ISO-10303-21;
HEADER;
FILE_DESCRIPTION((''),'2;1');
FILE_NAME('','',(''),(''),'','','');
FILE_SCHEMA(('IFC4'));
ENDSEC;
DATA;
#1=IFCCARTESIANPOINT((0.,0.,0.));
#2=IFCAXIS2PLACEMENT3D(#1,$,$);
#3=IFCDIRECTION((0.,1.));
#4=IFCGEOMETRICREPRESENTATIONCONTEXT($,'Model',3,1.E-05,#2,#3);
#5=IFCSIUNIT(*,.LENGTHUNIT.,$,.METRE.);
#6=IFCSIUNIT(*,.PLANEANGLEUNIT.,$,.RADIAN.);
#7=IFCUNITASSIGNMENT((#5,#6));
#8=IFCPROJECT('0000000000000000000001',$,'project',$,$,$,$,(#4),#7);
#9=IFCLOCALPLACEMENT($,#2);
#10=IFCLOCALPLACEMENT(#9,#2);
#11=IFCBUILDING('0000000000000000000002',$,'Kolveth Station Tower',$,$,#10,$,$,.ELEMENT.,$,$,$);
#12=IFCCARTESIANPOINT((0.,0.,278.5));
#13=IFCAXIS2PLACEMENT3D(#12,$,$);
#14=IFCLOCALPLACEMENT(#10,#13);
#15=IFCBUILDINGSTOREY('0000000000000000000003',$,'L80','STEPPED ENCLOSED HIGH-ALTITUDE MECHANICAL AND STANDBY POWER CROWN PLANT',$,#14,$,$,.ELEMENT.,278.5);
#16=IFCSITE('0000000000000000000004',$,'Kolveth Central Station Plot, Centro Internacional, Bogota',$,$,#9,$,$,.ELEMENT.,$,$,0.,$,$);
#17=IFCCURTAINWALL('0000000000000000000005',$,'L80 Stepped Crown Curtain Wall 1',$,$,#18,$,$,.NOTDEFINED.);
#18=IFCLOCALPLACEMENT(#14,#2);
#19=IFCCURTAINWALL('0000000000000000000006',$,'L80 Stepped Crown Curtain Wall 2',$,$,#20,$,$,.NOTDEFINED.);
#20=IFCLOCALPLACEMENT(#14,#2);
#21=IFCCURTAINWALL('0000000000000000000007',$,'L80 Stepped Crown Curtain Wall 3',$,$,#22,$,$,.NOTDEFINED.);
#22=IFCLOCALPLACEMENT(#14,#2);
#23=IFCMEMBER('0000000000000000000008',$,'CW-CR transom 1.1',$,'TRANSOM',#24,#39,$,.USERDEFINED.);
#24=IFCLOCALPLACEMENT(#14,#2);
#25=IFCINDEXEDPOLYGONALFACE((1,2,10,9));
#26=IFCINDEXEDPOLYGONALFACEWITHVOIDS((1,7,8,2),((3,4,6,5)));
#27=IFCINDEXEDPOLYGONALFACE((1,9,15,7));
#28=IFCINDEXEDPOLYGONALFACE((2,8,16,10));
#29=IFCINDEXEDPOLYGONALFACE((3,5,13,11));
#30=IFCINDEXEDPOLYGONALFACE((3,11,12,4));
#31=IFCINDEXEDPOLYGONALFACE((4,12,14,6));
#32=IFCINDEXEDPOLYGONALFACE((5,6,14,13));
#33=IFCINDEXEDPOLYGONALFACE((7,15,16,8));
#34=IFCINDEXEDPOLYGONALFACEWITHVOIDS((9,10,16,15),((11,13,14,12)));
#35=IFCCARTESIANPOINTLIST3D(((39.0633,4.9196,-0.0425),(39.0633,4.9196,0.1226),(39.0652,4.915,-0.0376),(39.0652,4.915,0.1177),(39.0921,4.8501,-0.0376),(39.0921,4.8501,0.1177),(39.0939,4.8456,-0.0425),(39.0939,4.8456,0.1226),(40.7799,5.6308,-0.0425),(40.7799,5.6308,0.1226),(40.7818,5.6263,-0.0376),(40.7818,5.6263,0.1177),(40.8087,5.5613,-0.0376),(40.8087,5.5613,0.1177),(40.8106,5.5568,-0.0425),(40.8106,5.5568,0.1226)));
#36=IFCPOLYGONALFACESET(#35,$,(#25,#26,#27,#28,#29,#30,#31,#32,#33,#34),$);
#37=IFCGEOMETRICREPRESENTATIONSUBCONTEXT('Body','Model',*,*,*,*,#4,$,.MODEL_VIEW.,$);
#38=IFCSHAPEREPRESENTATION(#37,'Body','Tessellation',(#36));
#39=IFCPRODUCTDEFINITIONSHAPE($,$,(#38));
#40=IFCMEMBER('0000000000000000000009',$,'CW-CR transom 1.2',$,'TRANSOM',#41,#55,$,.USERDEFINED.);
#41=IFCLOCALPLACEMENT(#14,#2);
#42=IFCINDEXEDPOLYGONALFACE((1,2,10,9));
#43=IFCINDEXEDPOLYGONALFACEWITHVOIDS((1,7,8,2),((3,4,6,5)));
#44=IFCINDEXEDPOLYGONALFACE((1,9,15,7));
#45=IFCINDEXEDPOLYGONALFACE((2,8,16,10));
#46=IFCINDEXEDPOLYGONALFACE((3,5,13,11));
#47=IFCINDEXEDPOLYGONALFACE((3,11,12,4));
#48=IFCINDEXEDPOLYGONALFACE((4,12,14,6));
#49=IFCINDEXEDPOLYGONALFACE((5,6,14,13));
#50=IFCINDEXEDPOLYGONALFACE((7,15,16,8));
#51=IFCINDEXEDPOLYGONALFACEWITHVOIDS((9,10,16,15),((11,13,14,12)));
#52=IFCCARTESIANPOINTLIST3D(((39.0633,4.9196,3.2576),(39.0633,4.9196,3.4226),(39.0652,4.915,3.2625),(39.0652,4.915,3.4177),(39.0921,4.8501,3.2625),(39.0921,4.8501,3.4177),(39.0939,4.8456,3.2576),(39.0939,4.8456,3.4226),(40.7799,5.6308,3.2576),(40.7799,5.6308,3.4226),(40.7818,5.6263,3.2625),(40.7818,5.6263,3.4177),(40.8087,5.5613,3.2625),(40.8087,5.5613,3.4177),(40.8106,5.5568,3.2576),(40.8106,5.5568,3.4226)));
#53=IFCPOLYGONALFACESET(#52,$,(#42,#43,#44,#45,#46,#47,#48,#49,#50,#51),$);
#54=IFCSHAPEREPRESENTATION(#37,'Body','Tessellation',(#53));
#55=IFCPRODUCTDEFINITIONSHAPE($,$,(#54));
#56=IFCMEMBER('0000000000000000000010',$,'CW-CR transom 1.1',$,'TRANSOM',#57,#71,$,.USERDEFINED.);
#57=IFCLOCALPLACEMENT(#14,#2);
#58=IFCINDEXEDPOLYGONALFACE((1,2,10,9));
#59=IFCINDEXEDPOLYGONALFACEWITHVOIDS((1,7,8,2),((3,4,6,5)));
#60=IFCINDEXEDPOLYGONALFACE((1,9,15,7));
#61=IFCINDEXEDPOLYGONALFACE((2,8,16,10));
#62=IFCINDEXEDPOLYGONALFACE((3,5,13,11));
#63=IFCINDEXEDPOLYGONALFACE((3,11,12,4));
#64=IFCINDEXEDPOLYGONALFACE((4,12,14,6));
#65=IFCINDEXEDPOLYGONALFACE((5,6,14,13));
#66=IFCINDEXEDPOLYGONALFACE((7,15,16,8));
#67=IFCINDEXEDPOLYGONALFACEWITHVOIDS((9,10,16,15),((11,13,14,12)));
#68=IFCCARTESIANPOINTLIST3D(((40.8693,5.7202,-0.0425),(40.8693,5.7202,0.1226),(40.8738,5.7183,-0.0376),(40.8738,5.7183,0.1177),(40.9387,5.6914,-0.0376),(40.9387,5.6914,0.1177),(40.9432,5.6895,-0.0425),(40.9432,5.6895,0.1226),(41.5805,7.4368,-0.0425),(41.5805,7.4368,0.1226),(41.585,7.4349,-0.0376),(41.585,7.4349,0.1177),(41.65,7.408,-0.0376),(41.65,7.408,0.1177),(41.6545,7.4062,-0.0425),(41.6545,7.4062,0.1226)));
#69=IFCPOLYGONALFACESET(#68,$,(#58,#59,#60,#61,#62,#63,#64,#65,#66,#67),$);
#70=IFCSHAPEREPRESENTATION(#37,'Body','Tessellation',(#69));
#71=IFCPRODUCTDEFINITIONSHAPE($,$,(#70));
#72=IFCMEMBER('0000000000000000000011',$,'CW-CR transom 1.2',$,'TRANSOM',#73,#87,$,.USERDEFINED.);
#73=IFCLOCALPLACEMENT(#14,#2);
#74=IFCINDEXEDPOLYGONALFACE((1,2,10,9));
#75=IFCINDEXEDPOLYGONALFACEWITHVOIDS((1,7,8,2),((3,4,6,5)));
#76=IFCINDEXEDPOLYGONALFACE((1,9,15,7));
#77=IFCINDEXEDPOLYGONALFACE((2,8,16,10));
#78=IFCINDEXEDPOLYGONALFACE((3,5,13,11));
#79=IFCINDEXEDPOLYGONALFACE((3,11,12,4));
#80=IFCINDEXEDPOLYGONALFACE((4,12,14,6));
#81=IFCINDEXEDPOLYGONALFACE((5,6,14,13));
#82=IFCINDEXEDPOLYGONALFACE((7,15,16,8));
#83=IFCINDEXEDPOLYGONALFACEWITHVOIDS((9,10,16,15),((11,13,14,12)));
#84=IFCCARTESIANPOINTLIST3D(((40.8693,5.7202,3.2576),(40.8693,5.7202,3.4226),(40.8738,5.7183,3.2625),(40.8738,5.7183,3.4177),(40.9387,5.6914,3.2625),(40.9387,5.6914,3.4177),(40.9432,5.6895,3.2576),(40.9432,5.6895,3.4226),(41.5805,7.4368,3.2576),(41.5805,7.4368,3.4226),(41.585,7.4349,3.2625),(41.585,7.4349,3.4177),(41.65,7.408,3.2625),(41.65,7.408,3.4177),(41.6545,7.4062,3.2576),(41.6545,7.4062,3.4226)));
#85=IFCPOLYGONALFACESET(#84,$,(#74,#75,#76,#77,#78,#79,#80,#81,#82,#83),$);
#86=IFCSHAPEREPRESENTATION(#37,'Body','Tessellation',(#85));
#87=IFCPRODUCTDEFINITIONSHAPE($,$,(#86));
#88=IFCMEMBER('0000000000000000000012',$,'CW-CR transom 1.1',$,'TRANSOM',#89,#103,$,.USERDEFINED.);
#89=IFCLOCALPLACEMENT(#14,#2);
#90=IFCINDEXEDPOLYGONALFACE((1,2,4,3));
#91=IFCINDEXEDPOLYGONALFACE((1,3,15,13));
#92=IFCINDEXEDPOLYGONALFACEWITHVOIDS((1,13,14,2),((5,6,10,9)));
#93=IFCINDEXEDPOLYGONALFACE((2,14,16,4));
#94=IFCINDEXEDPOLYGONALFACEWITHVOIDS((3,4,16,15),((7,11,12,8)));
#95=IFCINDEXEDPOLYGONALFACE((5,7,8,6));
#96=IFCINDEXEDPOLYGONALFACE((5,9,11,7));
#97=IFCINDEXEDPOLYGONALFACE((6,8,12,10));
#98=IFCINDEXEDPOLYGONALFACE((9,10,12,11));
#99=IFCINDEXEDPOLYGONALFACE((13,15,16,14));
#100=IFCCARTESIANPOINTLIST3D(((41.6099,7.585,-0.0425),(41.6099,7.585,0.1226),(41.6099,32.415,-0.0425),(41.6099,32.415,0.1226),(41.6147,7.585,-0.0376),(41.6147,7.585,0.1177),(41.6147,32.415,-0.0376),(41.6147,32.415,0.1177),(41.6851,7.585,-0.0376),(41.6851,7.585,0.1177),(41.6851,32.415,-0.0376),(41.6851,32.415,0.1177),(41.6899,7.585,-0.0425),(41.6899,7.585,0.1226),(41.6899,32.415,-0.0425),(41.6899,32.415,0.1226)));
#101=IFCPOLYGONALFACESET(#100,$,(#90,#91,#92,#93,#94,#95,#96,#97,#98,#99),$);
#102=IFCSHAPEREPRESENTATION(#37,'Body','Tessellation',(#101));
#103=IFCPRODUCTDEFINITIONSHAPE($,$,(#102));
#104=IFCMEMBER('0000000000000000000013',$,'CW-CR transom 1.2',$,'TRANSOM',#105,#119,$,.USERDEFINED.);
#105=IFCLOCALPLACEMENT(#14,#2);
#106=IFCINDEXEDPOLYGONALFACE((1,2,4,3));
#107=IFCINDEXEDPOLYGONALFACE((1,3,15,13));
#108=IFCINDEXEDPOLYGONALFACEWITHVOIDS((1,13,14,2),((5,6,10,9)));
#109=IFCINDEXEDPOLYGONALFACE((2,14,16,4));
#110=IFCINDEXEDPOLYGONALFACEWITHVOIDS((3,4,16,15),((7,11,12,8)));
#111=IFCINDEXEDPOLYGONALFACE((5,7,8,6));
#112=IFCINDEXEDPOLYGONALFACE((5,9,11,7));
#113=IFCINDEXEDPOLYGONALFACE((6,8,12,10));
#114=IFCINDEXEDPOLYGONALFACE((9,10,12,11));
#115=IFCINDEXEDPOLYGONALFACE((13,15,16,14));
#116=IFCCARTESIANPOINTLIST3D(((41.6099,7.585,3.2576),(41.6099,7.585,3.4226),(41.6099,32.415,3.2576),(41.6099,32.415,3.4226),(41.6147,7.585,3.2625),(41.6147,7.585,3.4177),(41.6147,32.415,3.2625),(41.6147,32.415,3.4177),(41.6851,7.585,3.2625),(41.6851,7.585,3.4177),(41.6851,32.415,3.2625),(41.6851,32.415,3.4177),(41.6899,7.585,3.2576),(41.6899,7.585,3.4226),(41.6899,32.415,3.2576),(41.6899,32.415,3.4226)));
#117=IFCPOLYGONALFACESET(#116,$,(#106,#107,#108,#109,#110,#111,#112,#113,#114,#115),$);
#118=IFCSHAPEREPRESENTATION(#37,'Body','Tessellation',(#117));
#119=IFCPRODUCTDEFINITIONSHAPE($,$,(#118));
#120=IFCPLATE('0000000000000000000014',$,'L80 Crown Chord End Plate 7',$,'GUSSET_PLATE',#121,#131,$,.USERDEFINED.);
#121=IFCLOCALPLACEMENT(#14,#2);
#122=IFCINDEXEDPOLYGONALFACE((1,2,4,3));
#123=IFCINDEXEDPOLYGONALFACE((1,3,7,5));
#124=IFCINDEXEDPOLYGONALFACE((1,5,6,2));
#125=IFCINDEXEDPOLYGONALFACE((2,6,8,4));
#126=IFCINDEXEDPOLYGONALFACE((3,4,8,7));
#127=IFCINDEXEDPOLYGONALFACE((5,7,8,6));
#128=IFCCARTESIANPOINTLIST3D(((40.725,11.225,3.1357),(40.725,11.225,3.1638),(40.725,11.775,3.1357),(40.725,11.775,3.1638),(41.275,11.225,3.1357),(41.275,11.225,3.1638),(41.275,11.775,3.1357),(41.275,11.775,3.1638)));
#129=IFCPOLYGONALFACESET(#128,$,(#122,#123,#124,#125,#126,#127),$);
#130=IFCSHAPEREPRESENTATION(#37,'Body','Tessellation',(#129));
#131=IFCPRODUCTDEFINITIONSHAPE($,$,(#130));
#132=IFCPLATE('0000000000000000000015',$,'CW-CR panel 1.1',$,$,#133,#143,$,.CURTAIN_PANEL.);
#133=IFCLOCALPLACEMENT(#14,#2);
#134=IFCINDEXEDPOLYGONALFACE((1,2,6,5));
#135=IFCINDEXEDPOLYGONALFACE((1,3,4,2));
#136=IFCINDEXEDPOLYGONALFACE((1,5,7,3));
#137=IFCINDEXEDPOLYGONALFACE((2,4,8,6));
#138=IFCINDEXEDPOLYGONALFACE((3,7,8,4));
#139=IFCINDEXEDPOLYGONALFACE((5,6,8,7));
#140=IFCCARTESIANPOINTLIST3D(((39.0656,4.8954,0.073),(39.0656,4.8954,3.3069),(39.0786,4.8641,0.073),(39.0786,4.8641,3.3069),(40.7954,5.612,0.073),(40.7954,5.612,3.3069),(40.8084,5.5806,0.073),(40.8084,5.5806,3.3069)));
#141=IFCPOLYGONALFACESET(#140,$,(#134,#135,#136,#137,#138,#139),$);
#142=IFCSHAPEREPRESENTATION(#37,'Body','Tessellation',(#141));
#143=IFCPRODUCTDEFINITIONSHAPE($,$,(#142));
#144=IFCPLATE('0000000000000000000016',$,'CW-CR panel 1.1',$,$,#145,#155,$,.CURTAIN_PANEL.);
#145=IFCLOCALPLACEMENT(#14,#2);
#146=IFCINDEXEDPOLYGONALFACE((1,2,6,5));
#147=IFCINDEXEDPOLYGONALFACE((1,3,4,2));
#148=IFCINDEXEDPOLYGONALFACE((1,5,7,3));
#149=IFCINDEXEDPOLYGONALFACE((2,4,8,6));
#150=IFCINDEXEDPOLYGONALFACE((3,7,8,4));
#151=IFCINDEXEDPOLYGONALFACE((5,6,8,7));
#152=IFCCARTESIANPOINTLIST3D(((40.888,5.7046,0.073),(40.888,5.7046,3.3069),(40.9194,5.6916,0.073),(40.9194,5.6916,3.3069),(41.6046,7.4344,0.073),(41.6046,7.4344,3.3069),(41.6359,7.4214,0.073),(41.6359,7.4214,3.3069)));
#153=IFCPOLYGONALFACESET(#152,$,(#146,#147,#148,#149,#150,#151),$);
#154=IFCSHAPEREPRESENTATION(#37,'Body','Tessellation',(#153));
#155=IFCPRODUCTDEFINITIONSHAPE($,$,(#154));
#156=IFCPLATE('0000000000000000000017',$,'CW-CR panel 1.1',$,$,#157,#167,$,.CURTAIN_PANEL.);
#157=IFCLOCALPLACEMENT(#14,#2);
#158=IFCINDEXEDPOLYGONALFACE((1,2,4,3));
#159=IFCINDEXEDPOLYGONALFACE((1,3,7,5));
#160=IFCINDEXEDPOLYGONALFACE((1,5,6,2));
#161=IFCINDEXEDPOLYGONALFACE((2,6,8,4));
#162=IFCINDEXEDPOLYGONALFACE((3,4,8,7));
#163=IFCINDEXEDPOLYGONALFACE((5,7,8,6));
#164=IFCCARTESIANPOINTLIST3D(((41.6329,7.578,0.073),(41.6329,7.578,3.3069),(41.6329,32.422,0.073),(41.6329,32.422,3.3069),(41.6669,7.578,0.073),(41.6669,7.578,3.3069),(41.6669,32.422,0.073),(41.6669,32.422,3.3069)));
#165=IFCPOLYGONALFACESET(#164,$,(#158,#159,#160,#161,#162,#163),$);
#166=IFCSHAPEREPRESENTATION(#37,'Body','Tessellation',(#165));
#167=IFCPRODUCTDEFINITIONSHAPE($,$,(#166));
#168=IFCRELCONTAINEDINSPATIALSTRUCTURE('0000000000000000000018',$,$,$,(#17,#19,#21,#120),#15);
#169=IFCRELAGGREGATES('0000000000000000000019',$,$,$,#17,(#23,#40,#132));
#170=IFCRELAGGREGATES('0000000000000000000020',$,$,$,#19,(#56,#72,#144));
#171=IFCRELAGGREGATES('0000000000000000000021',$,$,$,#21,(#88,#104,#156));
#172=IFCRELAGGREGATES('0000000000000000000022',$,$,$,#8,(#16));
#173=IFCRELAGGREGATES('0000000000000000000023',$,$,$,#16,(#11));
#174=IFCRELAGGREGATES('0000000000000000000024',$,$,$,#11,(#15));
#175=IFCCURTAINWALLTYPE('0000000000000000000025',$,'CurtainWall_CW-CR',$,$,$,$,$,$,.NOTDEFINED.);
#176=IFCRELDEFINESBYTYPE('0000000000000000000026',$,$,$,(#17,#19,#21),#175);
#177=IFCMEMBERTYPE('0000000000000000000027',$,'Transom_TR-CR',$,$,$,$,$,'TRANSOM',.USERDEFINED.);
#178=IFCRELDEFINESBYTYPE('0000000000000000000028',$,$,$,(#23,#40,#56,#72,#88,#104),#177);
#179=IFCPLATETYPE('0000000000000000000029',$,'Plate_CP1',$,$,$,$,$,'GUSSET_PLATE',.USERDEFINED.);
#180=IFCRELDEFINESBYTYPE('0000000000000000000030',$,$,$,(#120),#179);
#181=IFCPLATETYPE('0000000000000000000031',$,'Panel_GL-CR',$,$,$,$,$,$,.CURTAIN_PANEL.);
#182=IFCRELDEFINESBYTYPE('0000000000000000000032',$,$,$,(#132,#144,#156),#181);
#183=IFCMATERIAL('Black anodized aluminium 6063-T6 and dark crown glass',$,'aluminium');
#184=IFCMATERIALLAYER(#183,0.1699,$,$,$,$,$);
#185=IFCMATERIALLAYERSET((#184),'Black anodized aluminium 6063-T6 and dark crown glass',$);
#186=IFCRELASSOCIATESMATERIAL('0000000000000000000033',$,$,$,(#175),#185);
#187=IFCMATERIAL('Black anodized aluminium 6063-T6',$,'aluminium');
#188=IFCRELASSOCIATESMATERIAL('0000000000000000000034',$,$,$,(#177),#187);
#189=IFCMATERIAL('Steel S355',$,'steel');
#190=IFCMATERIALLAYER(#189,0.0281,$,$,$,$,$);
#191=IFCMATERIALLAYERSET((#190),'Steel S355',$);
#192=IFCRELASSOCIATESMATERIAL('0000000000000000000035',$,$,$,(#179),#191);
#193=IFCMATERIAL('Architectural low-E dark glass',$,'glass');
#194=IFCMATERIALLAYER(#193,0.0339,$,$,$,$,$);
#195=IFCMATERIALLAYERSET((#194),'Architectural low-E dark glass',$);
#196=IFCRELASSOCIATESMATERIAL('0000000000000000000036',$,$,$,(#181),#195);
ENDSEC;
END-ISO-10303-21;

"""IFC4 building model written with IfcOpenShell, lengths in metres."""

from ifc_helpers import new_model, si_unit, direction, frame, origin, origin_2d, place, context, subcontext, project, spatial, rectangle, hollow_rectangle, extrude, source, transform, mapped, material, layer, layer_set, material_profile, profile_set, type_object, element, aggregate, save


model = new_model("IFC4")

# Units and contexts
model_context = context("Model", 3, precision=1e-05, world=origin(), true_north=direction((0.0, 1.0)))
body_context = subcontext(model_context, "Body", "Model", "MODEL_VIEW")
ifc_project = project(units=[si_unit("LENGTHUNIT", "METRE"), si_unit("PLANEANGLEUNIT", "RADIAN")], contexts=[model_context])

# Site, building, storey
site_placement = place(None, origin())
site = spatial("IfcSite", under=ifc_project, at=site_placement, Name="Kolveth Central Station Plot, Centro Internacional, Bogota", CompositionType="ELEMENT", RefElevation=0.0)
building_placement = place(site_placement, origin())
building = spatial("IfcBuilding", under=site, at=building_placement, Name="Kolveth Station Tower", CompositionType="ELEMENT")
storey_placement = place(building_placement, frame((0.0, 0.0, 278.5)))
storey = spatial("IfcBuildingStorey", under=building, at=storey_placement, Name="L80", Description="STEPPED ENCLOSED HIGH-ALTITUDE MECHANICAL AND STANDBY POWER CROWN PLANT", CompositionType="ELEMENT", Elevation=278.5)

# Shared definitions
ifc_material_1 = material(Name="Steel S355", Category="steel")

# Curtain walls
ifc_material_2 = material(Name="Black anodized aluminium 6063-T6 and dark crown glass", Category="aluminium")
ifc_layer_1 = layer(ifc_material_2, 0.1699)
ifc_layer_set_1 = layer_set([ifc_layer_1], Name="Black anodized aluminium 6063-T6 and dark crown glass")
curtain_wall_type = type_object("IfcCurtainWallType", Name="CurtainWall_CW-CR", PredefinedType="NOTDEFINED", material=ifc_layer_set_1)
curtain_wall_1_placement = place(storey_placement, origin())
curtain_wall_1 = element("IfcCurtainWall", 1, at=curtain_wall_1_placement, inside=storey, type_object=curtain_wall_type, Name="L80 Stepped Crown Curtain Wall 1", PredefinedType="NOTDEFINED")
ifc_material_3 = material(Name="Black anodized aluminium 6063-T6", Category="aluminium")
curtain_wall_2_placement = place(storey_placement, origin())
curtain_wall_2 = element("IfcCurtainWall", 2, at=curtain_wall_2_placement, inside=storey, type_object=curtain_wall_type, Name="L80 Stepped Crown Curtain Wall 2", PredefinedType="NOTDEFINED")

# Curtain wall
curtain_wall_3_placement = place(storey_placement, origin())
curtain_wall_3 = element("IfcCurtainWall", 3, at=curtain_wall_3_placement, inside=storey, type_object=curtain_wall_type, Name="L80 Stepped Crown Curtain Wall 3", PredefinedType="NOTDEFINED")

# Members
ifc_material_profile_1 = material_profile(ifc_material_3, hollow_rectangle(XDim=0.0801, YDim=0.165, WallThickness=0.0049, at=origin_2d()), Name="ALU-80x165x5")
ifc_profile_set_1 = profile_set([ifc_material_profile_1], Name="Black anodized aluminium 6063-T6")
member_type_1 = type_object("IfcMemberType", Name="Transom_TR-CR", ElementType="TRANSOM", PredefinedType="USERDEFINED", material=ifc_profile_set_1)
shared_shape_1 = source(origin(), body_context, "Body", "SweptSolid", [
    extrude(hollow_rectangle(XDim=0.0801, YDim=0.165, WallThickness=0.0049, at=origin_2d()), origin(), (0.0, 0.0, 1.0), 1.8582),
])
member_1_placement = place(storey_placement, frame((39.0786, 4.8826, 0.04), z_axis=(0.923849, 0.382758, 0.0), x_axis=(-0.382758, 0.923849, 0.0)))
member_1 = element("IfcMember", 4, at=member_1_placement, type_object=member_type_1, Name="CW-CR transom 1.1", ObjectType="TRANSOM", PredefinedType="USERDEFINED", context=body_context, shape_type="MappedRepresentation", body=[
    mapped(shared_shape_1, transform((0.0, 0.0, 0.0), x_axis=(1.0, 0.0, 0.0), y_axis=(0.0, 1.0, 0.0), z_axis=(0.0, 0.0, 1.0), scale=1.0)),
])
member_2_placement = place(storey_placement, frame((39.0786, 4.8826, 3.3401), z_axis=(0.923849, 0.382758, 0.0), x_axis=(-0.382758, 0.923849, 0.0)))
member_2 = element("IfcMember", 5, at=member_2_placement, type_object=member_type_1, Name="CW-CR transom 1.2", ObjectType="TRANSOM", PredefinedType="USERDEFINED", context=body_context, shape_type="MappedRepresentation", body=[
    mapped(shared_shape_1, transform((0.0, 0.0, 0.0), x_axis=(1.0, 0.0, 0.0), y_axis=(0.0, 1.0, 0.0), z_axis=(0.0, 0.0, 1.0), scale=1.0)),
])
member_3_placement = place(storey_placement, frame((40.9062, 5.7048, 0.04), z_axis=(0.382758, 0.923849, 0.0), x_axis=(-0.923849, 0.382758, 0.0)))
member_3 = element("IfcMember", 6, at=member_3_placement, type_object=member_type_1, Name="CW-CR transom 1.1", ObjectType="TRANSOM", PredefinedType="USERDEFINED", context=body_context, shape_type="MappedRepresentation", body=[
    mapped(shared_shape_1, transform((0.0, 0.0, 0.0), x_axis=(1.0, 0.0, 0.0), y_axis=(0.0, 1.0, 0.0), z_axis=(0.0, 0.0, 1.0), scale=1.0)),
])
member_4_placement = place(storey_placement, frame((40.9062, 5.7048, 3.3401), z_axis=(0.382758, 0.923849, 0.0), x_axis=(-0.923849, 0.382758, 0.0)))
member_4 = element("IfcMember", 7, at=member_4_placement, type_object=member_type_1, Name="CW-CR transom 1.2", ObjectType="TRANSOM", PredefinedType="USERDEFINED", context=body_context, shape_type="MappedRepresentation", body=[
    mapped(shared_shape_1, transform((0.0, 0.0, 0.0), x_axis=(1.0, 0.0, 0.0), y_axis=(0.0, 1.0, 0.0), z_axis=(0.0, 0.0, 1.0), scale=1.0)),
])
shared_shape_2 = source(origin(), body_context, "Body", "SweptSolid", [
    extrude(hollow_rectangle(XDim=0.0801, YDim=0.165, WallThickness=0.0049, at=origin_2d()), origin(), (0.0, 0.0, 1.0), 24.8301),
])
member_5_placement = place(storey_placement, frame((41.6499, 7.585, 0.04), z_axis=(0.0, 1.0, 0.0), x_axis=(-1.0, 0.0, 0.0)))
member_5 = element("IfcMember", 8, at=member_5_placement, type_object=member_type_1, Name="CW-CR transom 1.1", ObjectType="TRANSOM", PredefinedType="USERDEFINED", context=body_context, shape_type="MappedRepresentation", body=[
    mapped(shared_shape_2, transform((0.0, 0.0, 0.0), x_axis=(1.0, 0.0, 0.0), y_axis=(0.0, 1.0, 0.0), z_axis=(0.0, 0.0, 1.0), scale=1.0)),
])
member_6_placement = place(storey_placement, frame((41.6499, 7.585, 3.3401), z_axis=(0.0, 1.0, 0.0), x_axis=(-1.0, 0.0, 0.0)))
member_6 = element("IfcMember", 9, at=member_6_placement, type_object=member_type_1, Name="CW-CR transom 1.2", ObjectType="TRANSOM", PredefinedType="USERDEFINED", context=body_context, shape_type="MappedRepresentation", body=[
    mapped(shared_shape_2, transform((0.0, 0.0, 0.0), x_axis=(1.0, 0.0, 0.0), y_axis=(0.0, 1.0, 0.0), z_axis=(0.0, 0.0, 1.0), scale=1.0)),
])

# Plates
ifc_layer_2 = layer(ifc_material_1, 0.0281)
ifc_layer_set_2 = layer_set([ifc_layer_2], Name="Steel S355")
plate_type_1 = type_object("IfcPlateType", Name="Plate_CP1", ElementType="GUSSET_PLATE", PredefinedType="USERDEFINED", material=ifc_layer_set_2)
shared_shape_3 = source(origin(), body_context, "Body", "SweptSolid", [
    extrude(rectangle(XDim=0.55, YDim=0.55, at=origin_2d()), origin(), (0.0, 0.0, 1.0), 0.0281),
])
plate_1_placement = place(storey_placement, frame((41.0, 11.5, 3.1357), z_axis=(0.0, 0.0, 1.0), x_axis=(1.0, 0.0, 0.0)))
element("IfcPlate", 10, at=plate_1_placement, inside=storey, type_object=plate_type_1, Name="L80 Crown Chord End Plate 7", ObjectType="GUSSET_PLATE", PredefinedType="USERDEFINED", context=body_context, shape_type="MappedRepresentation", body=[
    mapped(shared_shape_3, transform((0.0, 0.0, 0.0), x_axis=(1.0, 0.0, 0.0), y_axis=(0.0, 1.0, 0.0), z_axis=(0.0, 0.0, 1.0), scale=1.0)),
])
ifc_material_4 = material(Name="Architectural low-E dark glass", Category="glass")
ifc_layer_3 = layer(ifc_material_4, 0.0339)
ifc_layer_set_3 = layer_set([ifc_layer_3], Name="Architectural low-E dark glass")
plate_type_2 = type_object("IfcPlateType", Name="Panel_GL-CR", PredefinedType="CURTAIN_PANEL", material=ifc_layer_set_3)
shared_shape_4 = source(origin(), body_context, "Body", "SweptSolid", [
    extrude(rectangle(XDim=1.8723, YDim=0.0339, at=origin_2d()), origin(), (0.0, 0.0, 1.0), 3.2339),
])
plate_2_placement = place(storey_placement, frame((39.937, 5.238, 0.073), z_axis=(0.0, 0.0, 1.0), x_axis=(0.923871, 0.382703, 0.0)))
plate_2 = element("IfcPlate", 11, at=plate_2_placement, type_object=plate_type_2, Name="CW-CR panel 1.1", PredefinedType="CURTAIN_PANEL", context=body_context, shape_type="MappedRepresentation", body=[
    mapped(shared_shape_4, transform((0.0, 0.0, 0.0), x_axis=(1.0, 0.0, 0.0), y_axis=(0.0, 1.0, 0.0), z_axis=(0.0, 0.0, 1.0), scale=1.0)),
])
aggregate(curtain_wall_1, [member_1, member_2, plate_2])
plate_3_placement = place(storey_placement, frame((41.262, 6.563, 0.073), z_axis=(0.0, 0.0, 1.0), x_axis=(0.382703, 0.923871, 0.0)))
plate_3 = element("IfcPlate", 12, at=plate_3_placement, type_object=plate_type_2, Name="CW-CR panel 1.1", PredefinedType="CURTAIN_PANEL", context=body_context, shape_type="MappedRepresentation", body=[
    mapped(shared_shape_4, transform((0.0, 0.0, 0.0), x_axis=(1.0, 0.0, 0.0), y_axis=(0.0, 1.0, 0.0), z_axis=(0.0, 0.0, 1.0), scale=1.0)),
])
aggregate(curtain_wall_2, [member_3, member_4, plate_3])
shared_shape_5 = source(origin(), body_context, "Body", "SweptSolid", [
    extrude(rectangle(XDim=24.844, YDim=0.0339, at=origin_2d()), origin(), (0.0, 0.0, 1.0), 3.2339),
])
plate_4_placement = place(storey_placement, frame((41.6499, 20.0, 0.073), z_axis=(0.0, 0.0, 1.0), x_axis=(0.0, 1.0, 0.0)))
plate_4 = element("IfcPlate", 13, at=plate_4_placement, type_object=plate_type_2, Name="CW-CR panel 1.1", PredefinedType="CURTAIN_PANEL", context=body_context, shape_type="MappedRepresentation", body=[
    mapped(shared_shape_5, transform((0.0, 0.0, 0.0), x_axis=(1.0, 0.0, 0.0), y_axis=(0.0, 1.0, 0.0), z_axis=(0.0, 0.0, 1.0), scale=1.0)),
])
aggregate(curtain_wall_3, [member_5, member_6, plate_4])

save(model, "model.ifc")
